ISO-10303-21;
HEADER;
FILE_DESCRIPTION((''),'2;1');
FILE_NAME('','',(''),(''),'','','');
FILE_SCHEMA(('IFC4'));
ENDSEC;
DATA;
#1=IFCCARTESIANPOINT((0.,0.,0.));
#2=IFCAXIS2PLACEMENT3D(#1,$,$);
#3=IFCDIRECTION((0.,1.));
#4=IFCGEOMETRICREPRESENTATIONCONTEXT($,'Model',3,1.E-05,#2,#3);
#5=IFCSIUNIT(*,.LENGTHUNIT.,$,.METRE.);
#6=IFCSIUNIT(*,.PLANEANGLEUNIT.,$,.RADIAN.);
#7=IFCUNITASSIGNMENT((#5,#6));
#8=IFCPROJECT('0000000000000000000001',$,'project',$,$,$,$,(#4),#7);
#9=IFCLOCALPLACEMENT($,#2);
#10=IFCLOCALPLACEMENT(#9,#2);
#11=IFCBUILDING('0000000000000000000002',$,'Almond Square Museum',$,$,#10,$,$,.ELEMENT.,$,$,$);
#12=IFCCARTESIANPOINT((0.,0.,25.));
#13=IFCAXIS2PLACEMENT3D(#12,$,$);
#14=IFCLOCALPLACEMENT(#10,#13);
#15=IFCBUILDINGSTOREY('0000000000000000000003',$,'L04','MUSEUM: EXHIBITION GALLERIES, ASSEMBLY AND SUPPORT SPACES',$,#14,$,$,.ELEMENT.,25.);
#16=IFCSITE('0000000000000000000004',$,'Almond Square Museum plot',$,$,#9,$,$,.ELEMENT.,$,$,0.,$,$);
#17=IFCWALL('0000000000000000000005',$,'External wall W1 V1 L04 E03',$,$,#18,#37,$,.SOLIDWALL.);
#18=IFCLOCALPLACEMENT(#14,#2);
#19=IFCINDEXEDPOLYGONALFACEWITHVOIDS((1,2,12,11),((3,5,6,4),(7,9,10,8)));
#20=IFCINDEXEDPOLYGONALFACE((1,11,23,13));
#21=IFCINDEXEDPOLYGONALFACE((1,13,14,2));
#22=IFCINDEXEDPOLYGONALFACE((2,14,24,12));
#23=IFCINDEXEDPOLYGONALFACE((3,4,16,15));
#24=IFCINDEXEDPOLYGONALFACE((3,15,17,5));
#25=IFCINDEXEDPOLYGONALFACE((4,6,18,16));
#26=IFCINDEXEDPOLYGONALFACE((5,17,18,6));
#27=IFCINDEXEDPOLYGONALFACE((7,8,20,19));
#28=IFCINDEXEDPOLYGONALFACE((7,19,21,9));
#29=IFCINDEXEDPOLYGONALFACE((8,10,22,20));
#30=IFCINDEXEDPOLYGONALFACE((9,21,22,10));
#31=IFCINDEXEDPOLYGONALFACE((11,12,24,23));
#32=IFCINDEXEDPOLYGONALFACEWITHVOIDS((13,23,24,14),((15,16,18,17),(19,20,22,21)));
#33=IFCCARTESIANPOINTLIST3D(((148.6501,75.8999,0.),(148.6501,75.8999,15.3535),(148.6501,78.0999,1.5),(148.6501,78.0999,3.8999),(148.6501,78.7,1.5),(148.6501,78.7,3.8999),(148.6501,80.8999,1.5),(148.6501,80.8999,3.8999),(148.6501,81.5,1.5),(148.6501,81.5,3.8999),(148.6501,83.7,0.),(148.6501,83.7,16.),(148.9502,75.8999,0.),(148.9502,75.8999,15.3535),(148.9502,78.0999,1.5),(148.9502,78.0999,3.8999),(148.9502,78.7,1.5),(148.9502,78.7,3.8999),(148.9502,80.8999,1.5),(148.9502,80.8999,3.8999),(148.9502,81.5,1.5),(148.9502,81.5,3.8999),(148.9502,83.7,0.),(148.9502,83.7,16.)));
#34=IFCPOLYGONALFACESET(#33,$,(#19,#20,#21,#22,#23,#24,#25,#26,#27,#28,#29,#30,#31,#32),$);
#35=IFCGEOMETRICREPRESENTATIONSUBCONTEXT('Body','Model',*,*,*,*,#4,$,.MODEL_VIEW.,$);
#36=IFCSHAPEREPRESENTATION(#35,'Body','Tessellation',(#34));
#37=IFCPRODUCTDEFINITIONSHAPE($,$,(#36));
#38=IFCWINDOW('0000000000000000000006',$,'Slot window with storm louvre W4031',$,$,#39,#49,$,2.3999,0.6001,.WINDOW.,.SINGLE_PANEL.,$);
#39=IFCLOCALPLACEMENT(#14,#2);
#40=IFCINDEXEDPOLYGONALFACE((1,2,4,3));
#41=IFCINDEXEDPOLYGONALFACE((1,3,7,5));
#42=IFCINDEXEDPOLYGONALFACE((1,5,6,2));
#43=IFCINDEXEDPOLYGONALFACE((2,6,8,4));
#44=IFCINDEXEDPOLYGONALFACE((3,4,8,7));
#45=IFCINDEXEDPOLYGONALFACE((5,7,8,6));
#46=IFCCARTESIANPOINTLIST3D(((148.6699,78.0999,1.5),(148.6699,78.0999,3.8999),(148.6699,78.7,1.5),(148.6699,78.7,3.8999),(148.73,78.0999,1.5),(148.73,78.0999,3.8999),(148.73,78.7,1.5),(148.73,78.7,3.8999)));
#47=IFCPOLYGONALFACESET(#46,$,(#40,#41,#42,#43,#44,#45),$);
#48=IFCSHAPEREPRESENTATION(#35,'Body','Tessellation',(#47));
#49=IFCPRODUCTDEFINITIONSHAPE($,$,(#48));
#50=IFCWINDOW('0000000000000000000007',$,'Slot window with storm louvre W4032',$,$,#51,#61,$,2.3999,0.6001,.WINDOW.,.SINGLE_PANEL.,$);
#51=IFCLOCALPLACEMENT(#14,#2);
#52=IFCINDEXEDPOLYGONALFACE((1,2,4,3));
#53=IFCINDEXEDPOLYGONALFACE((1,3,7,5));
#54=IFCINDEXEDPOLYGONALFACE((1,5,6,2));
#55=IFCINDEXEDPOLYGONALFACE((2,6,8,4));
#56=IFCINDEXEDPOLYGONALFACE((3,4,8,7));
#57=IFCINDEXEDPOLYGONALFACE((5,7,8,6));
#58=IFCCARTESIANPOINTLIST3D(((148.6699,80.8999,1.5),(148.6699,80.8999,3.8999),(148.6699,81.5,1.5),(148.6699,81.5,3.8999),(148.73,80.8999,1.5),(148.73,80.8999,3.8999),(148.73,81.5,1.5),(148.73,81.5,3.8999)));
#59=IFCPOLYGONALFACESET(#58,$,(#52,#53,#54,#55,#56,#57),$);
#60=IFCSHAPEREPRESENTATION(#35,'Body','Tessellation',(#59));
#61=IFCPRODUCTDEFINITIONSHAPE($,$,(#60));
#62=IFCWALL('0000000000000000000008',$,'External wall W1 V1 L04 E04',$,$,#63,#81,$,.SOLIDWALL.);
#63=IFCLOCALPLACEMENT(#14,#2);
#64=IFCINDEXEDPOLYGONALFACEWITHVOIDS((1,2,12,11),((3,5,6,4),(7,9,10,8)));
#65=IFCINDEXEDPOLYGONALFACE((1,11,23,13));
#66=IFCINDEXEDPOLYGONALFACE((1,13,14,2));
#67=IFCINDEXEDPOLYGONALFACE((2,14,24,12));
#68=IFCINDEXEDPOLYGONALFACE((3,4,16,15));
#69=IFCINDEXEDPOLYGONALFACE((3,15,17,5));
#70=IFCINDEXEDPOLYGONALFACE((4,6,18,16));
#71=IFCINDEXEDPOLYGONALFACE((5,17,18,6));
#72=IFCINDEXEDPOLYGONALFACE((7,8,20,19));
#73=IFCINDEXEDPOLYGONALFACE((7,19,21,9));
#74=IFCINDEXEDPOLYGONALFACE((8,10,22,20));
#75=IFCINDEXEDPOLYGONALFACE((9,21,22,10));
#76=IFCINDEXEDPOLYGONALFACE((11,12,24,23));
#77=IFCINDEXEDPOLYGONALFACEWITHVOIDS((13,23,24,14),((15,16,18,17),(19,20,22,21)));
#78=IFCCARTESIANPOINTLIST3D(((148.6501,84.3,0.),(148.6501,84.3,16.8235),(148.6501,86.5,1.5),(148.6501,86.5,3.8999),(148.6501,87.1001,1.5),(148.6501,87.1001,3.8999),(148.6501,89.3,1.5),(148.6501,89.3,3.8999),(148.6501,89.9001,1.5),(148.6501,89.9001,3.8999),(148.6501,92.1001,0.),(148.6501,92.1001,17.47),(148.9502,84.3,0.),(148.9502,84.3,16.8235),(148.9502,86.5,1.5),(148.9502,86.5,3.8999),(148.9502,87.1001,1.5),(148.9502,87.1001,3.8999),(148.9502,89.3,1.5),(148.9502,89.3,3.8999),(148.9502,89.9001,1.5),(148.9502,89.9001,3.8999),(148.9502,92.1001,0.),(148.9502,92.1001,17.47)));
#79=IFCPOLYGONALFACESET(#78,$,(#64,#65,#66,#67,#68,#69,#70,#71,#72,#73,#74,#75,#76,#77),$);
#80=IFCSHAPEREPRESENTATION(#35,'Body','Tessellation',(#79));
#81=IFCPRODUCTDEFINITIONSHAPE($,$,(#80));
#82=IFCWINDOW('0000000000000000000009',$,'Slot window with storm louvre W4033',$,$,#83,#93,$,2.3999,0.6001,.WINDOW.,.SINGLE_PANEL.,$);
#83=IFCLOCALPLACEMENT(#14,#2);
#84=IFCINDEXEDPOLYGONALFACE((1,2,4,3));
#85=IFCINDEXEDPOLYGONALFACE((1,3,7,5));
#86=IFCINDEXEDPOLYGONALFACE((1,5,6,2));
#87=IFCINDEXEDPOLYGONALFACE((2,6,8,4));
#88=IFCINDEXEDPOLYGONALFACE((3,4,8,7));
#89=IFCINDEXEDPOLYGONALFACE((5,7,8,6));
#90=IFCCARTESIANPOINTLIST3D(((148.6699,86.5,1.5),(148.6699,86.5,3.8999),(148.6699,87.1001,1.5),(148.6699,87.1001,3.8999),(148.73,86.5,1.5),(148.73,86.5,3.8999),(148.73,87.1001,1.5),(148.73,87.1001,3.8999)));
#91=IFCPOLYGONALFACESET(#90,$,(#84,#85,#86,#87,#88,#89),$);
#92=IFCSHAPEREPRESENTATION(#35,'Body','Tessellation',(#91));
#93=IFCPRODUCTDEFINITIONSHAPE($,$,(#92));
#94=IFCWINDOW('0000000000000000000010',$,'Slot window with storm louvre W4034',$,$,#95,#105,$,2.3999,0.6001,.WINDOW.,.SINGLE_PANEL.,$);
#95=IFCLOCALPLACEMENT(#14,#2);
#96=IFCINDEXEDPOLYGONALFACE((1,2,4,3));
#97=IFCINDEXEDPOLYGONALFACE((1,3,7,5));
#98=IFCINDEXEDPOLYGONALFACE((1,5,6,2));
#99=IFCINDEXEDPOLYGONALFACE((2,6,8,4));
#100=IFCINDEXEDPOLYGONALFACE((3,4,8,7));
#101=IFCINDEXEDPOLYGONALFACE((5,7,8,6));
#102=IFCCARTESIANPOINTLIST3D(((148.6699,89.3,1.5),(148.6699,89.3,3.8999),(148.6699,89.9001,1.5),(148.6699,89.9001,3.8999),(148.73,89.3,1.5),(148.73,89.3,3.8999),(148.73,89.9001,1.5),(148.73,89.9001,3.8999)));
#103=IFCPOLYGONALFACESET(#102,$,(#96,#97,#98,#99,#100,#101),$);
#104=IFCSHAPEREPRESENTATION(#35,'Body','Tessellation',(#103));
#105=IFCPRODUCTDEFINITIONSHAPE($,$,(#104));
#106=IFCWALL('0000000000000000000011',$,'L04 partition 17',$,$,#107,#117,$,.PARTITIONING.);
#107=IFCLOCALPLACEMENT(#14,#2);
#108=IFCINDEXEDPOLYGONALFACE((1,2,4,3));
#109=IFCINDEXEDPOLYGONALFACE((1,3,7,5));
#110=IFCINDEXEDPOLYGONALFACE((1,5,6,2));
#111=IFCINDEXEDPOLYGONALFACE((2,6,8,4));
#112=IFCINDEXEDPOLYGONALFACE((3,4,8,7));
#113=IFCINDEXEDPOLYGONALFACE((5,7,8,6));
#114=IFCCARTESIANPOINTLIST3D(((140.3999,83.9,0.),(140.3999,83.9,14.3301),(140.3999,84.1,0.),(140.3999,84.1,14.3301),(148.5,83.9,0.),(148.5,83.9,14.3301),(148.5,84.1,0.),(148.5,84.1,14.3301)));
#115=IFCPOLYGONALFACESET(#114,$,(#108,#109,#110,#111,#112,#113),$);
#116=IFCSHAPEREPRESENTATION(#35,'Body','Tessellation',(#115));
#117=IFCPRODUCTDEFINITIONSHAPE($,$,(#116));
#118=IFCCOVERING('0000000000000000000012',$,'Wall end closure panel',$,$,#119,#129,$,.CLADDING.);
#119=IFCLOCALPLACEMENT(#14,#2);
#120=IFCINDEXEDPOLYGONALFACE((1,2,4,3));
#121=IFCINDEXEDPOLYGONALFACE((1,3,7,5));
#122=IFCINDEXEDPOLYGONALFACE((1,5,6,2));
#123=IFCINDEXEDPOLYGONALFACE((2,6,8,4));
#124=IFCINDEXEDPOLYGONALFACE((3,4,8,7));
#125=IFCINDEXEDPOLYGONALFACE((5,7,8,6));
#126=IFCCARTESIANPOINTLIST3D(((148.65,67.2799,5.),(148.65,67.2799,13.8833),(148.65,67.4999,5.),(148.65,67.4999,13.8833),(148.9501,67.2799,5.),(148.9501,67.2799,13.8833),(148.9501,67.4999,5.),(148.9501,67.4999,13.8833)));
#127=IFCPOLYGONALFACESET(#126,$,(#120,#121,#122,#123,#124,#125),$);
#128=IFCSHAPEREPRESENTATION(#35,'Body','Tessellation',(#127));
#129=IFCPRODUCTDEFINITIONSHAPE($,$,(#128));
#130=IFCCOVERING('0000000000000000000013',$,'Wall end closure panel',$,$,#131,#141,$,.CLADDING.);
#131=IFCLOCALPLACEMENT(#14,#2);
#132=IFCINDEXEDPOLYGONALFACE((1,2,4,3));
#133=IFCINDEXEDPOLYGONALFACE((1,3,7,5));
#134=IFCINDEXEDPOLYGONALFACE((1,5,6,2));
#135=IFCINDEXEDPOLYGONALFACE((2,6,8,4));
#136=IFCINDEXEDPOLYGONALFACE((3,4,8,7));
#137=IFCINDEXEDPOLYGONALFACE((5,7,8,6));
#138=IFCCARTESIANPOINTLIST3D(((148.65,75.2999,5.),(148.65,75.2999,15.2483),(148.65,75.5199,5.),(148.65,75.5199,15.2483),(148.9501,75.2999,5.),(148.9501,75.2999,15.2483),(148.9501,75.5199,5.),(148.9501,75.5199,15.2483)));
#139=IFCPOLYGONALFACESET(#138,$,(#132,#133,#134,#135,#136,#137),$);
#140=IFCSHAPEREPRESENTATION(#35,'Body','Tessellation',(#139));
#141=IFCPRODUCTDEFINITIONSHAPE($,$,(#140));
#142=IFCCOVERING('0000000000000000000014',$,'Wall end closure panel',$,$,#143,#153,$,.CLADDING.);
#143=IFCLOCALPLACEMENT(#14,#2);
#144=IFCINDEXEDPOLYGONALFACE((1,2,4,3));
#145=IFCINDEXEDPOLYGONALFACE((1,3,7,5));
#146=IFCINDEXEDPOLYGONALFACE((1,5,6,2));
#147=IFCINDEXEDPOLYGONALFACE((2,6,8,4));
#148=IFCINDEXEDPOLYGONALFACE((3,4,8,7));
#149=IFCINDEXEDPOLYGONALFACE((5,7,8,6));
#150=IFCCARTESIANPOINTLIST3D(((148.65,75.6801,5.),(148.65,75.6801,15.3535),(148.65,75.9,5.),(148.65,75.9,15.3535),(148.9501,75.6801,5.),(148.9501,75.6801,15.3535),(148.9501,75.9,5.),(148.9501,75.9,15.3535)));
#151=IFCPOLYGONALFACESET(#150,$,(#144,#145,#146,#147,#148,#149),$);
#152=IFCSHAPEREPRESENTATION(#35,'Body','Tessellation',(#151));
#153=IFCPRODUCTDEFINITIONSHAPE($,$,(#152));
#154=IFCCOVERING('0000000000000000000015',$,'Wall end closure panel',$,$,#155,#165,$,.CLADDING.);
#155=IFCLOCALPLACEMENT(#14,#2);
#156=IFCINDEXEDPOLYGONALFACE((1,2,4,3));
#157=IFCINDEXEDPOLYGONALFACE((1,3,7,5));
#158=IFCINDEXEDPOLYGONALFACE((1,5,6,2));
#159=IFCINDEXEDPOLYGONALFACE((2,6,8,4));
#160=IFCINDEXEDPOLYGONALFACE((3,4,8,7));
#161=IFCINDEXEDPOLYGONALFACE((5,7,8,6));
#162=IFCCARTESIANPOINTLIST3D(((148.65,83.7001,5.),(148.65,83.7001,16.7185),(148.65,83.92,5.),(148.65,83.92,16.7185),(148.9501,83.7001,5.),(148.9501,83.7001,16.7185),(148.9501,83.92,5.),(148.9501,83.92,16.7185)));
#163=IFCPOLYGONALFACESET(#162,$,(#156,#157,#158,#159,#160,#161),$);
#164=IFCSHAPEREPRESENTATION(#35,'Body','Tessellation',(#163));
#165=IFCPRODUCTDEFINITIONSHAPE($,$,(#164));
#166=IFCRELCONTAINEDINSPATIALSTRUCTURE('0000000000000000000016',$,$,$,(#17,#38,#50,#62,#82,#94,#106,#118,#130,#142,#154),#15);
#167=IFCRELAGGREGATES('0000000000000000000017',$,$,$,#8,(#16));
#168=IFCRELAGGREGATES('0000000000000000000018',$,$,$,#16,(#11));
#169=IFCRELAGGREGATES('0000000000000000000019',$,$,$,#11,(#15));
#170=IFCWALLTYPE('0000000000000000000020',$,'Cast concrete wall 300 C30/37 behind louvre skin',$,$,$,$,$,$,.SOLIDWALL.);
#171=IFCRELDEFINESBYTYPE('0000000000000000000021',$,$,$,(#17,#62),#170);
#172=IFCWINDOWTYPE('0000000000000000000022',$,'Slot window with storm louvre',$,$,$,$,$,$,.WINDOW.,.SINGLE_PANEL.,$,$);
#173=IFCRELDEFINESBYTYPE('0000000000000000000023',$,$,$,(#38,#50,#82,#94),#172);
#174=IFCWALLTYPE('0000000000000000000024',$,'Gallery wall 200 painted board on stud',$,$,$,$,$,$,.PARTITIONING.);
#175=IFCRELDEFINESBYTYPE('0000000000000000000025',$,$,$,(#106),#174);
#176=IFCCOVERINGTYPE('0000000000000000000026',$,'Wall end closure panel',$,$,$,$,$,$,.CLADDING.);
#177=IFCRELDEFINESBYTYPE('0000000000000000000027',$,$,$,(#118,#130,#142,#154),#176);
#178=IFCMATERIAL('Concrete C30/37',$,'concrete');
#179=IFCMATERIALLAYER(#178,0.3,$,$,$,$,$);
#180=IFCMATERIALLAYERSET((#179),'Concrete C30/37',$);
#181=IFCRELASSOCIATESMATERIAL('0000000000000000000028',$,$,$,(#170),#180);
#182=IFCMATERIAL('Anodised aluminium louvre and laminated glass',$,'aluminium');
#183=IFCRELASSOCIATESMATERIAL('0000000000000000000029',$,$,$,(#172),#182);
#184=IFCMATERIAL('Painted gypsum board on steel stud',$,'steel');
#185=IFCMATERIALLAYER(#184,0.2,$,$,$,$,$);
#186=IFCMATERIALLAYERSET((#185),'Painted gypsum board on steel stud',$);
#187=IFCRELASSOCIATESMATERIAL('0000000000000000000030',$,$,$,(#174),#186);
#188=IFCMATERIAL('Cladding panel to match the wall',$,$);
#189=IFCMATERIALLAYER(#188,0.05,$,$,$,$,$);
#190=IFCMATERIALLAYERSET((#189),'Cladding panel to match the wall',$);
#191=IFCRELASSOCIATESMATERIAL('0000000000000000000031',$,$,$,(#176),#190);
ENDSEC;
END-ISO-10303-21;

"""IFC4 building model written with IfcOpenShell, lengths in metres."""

from ifc_helpers import new_model, si_unit, direction, frame, frame_2d, origin, origin_2d, place, context, subcontext, project, spatial, polyline, rectangle, outline, extrude, material, layer, layer_set, type_object, element, fill, save


model = new_model("IFC4")

# Units and contexts
model_context = context("Model", 3, precision=1e-05, world=origin(), true_north=direction((0.0, 1.0)))
body_context = subcontext(model_context, "Body", "Model", "MODEL_VIEW")
ifc_project = project(units=[si_unit("LENGTHUNIT", "METRE"), si_unit("PLANEANGLEUNIT", "RADIAN")], contexts=[model_context])

# Site, building, storey
site_placement = place(None, origin())
site = spatial("IfcSite", under=ifc_project, at=site_placement, Name="Almond Square Museum plot", CompositionType="ELEMENT", RefElevation=0.0)
building_placement = place(site_placement, origin())
building = spatial("IfcBuilding", under=site, at=building_placement, Name="Almond Square Museum", CompositionType="ELEMENT")
storey_placement = place(building_placement, frame((0.0, 0.0, 25.0)))
storey = spatial("IfcBuildingStorey", under=building, at=storey_placement, Name="L04", Description="MUSEUM: EXHIBITION GALLERIES, ASSEMBLY AND SUPPORT SPACES", CompositionType="ELEMENT", Elevation=25.0)

# Walls, openings, windows
ifc_material_1 = material(Name="Concrete C30/37", Category="concrete")
ifc_layer_1 = layer(ifc_material_1, 0.3)
ifc_layer_set_1 = layer_set([ifc_layer_1], Name="Concrete C30/37")
wall_type_1 = type_object("IfcWallType", Name="Cast concrete wall 300 C30/37 behind louvre skin", PredefinedType="SOLIDWALL", material=ifc_layer_set_1)
ifc_material_2 = material(Name="Anodised aluminium louvre and laminated glass", Category="aluminium")
window_type = type_object("IfcWindowType", Name="Slot window with storm louvre", PartitioningType="SINGLE_PANEL", PredefinedType="WINDOW", material=ifc_material_2)
wall_1_placement = place(storey_placement, frame((148.8, 75.8999, 0.0), z_axis=(0.0, 0.0, 1.0), x_axis=(0.0, 1.0, 0.0)))
wall_1 = element("IfcWall", 1, at=wall_1_placement, inside=storey, type_object=wall_type_1, Name="External wall W1 V1 L04 E03", PredefinedType="SOLIDWALL", context=body_context, shape_type="SweptSolid", body=[
    extrude(outline(polyline([(0.0, 0.0), (7.8, 0.0), (7.8, 16.0), (0.0, 15.3535), (0.0, 0.0)])), frame((0.0, 0.1499, 0.0), z_axis=(0.0, -1.0, 0.0), x_axis=(1.0, 0.0, 0.0)), (0.0, 0.0, 1.0), 0.3),
])
opening_1_placement = place(wall_1_placement, frame((2.2, 0.0, 1.5)))
opening_1 = element("IfcOpeningElement", 2, at=opening_1_placement, cuts=wall_1, PredefinedType="OPENING", context=body_context, shape_type="SweptSolid", body=[
    extrude(rectangle(XDim=0.6001, YDim=2.3999, at=frame_2d((0.3, 1.2))), frame((0.0, 0.1599, 0.0), z_axis=(0.0, -1.0, 0.0), x_axis=(1.0, 0.0, 0.0)), (0.0, 0.0, 1.0), 0.3201),
])
opening_2_placement = place(wall_1_placement, frame((5.0, 0.0, 1.5)))
opening_2 = element("IfcOpeningElement", 3, at=opening_2_placement, cuts=wall_1, PredefinedType="OPENING", context=body_context, shape_type="SweptSolid", body=[
    extrude(rectangle(XDim=0.6001, YDim=2.3999, at=frame_2d((0.3, 1.2))), frame((0.0, 0.1599, 0.0), z_axis=(0.0, -1.0, 0.0), x_axis=(1.0, 0.0, 0.0)), (0.0, 0.0, 1.0), 0.3201),
])
window_1_placement = place(opening_1_placement, origin())
window_1 = element("IfcWindow", 4, at=window_1_placement, inside=storey, type_object=window_type, Name="Slot window with storm louvre W4031", OverallHeight=2.3999, OverallWidth=0.6001, PartitioningType="SINGLE_PANEL", PredefinedType="WINDOW", context=body_context, shape_type="SweptSolid", body=[
    extrude(rectangle(XDim=0.6001, YDim=2.3999, at=frame_2d((0.3, 1.2))), frame((0.0, 0.1301, 0.0), z_axis=(0.0, -1.0, 0.0), x_axis=(1.0, 0.0, 0.0)), (0.0, 0.0, 1.0), 0.0601),
])
fill(opening_1, window_1)
window_2_placement = place(opening_2_placement, origin())
window_2 = element("IfcWindow", 5, at=window_2_placement, inside=storey, type_object=window_type, Name="Slot window with storm louvre W4032", OverallHeight=2.3999, OverallWidth=0.6001, PartitioningType="SINGLE_PANEL", PredefinedType="WINDOW", context=body_context, shape_type="SweptSolid", body=[
    extrude(rectangle(XDim=0.6001, YDim=2.3999, at=frame_2d((0.3, 1.2))), frame((0.0, 0.1301, 0.0), z_axis=(0.0, -1.0, 0.0), x_axis=(1.0, 0.0, 0.0)), (0.0, 0.0, 1.0), 0.0601),
])
fill(opening_2, window_2)
wall_2_placement = place(storey_placement, frame((148.8, 84.3, 0.0), z_axis=(0.0, 0.0, 1.0), x_axis=(0.0, 1.0, 0.0)))
wall_2 = element("IfcWall", 6, at=wall_2_placement, inside=storey, type_object=wall_type_1, Name="External wall W1 V1 L04 E04", PredefinedType="SOLIDWALL", context=body_context, shape_type="SweptSolid", body=[
    extrude(outline(polyline([(0.0, 0.0), (7.8, 0.0), (7.8, 17.47), (0.0, 16.8235), (0.0, 0.0)])), frame((0.0, 0.1499, 0.0), z_axis=(0.0, -1.0, 0.0), x_axis=(1.0, 0.0, 0.0)), (0.0, 0.0, 1.0), 0.3),
])
opening_3_placement = place(wall_2_placement, frame((2.2, 0.0, 1.5)))
opening_3 = element("IfcOpeningElement", 7, at=opening_3_placement, cuts=wall_2, PredefinedType="OPENING", context=body_context, shape_type="SweptSolid", body=[
    extrude(rectangle(XDim=0.6001, YDim=2.3999, at=frame_2d((0.3, 1.2))), frame((0.0, 0.1599, 0.0), z_axis=(0.0, -1.0, 0.0), x_axis=(1.0, 0.0, 0.0)), (0.0, 0.0, 1.0), 0.3201),
])
opening_4_placement = place(wall_2_placement, frame((5.0, 0.0, 1.5)))
opening_4 = element("IfcOpeningElement", 8, at=opening_4_placement, cuts=wall_2, PredefinedType="OPENING", context=body_context, shape_type="SweptSolid", body=[
    extrude(rectangle(XDim=0.6001, YDim=2.3999, at=frame_2d((0.3, 1.2))), frame((0.0, 0.1599, 0.0), z_axis=(0.0, -1.0, 0.0), x_axis=(1.0, 0.0, 0.0)), (0.0, 0.0, 1.0), 0.3201),
])
window_3_placement = place(opening_3_placement, origin())
window_3 = element("IfcWindow", 9, at=window_3_placement, inside=storey, type_object=window_type, Name="Slot window with storm louvre W4033", OverallHeight=2.3999, OverallWidth=0.6001, PartitioningType="SINGLE_PANEL", PredefinedType="WINDOW", context=body_context, shape_type="SweptSolid", body=[
    extrude(rectangle(XDim=0.6001, YDim=2.3999, at=frame_2d((0.3, 1.2))), frame((0.0, 0.1301, 0.0), z_axis=(0.0, -1.0, 0.0), x_axis=(1.0, 0.0, 0.0)), (0.0, 0.0, 1.0), 0.0601),
])
fill(opening_3, window_3)
window_4_placement = place(opening_4_placement, origin())
window_4 = element("IfcWindow", 10, at=window_4_placement, inside=storey, type_object=window_type, Name="Slot window with storm louvre W4034", OverallHeight=2.3999, OverallWidth=0.6001, PartitioningType="SINGLE_PANEL", PredefinedType="WINDOW", context=body_context, shape_type="SweptSolid", body=[
    extrude(rectangle(XDim=0.6001, YDim=2.3999, at=frame_2d((0.3, 1.2))), frame((0.0, 0.1301, 0.0), z_axis=(0.0, -1.0, 0.0), x_axis=(1.0, 0.0, 0.0)), (0.0, 0.0, 1.0), 0.0601),
])
fill(opening_4, window_4)

# Wall
ifc_material_3 = material(Name="Painted gypsum board on steel stud", Category="steel")
ifc_layer_2 = layer(ifc_material_3, 0.2)
ifc_layer_set_2 = layer_set([ifc_layer_2], Name="Painted gypsum board on steel stud")
wall_type_2 = type_object("IfcWallType", Name="Gallery wall 200 painted board on stud", PredefinedType="PARTITIONING", material=ifc_layer_set_2)
wall_3_placement = place(storey_placement, frame((140.3999, 84.0, 0.0), z_axis=(0.0, 0.0, 1.0), x_axis=(1.0, 0.0, 0.0)))
element("IfcWall", 11, at=wall_3_placement, inside=storey, type_object=wall_type_2, Name="L04 partition 17", PredefinedType="PARTITIONING", context=body_context, shape_type="SweptSolid", body=[
    extrude(rectangle(XDim=8.1001, YDim=0.2, at=frame_2d((4.05, 0.0))), origin(), (0.0, 0.0, 1.0), 14.3301),
])

# Coverings
ifc_material_4 = material(Name="Cladding panel to match the wall")
ifc_layer_3 = layer(ifc_material_4, 0.05)
ifc_layer_set_3 = layer_set([ifc_layer_3], Name="Cladding panel to match the wall")
covering_type = type_object("IfcCoveringType", Name="Wall end closure panel", PredefinedType="CLADDING", material=ifc_layer_set_3)
covering_1_placement = place(storey_placement, frame((148.8, 67.3899, 5.0), z_axis=(0.0, 0.0, 1.0), x_axis=(1.0, 0.0, 0.0)))
element("IfcCovering", 12, at=covering_1_placement, inside=storey, type_object=covering_type, Name="Wall end closure panel", PredefinedType="CLADDING", context=body_context, shape_type="SweptSolid", body=[
    extrude(rectangle(XDim=0.3, YDim=0.22, at=origin_2d()), origin(), (0.0, 0.0, 1.0), 8.8833),
])
covering_2_placement = place(storey_placement, frame((148.8, 75.4099, 5.0), z_axis=(0.0, 0.0, 1.0), x_axis=(1.0, 0.0, 0.0)))
element("IfcCovering", 13, at=covering_2_placement, inside=storey, type_object=covering_type, Name="Wall end closure panel", PredefinedType="CLADDING", context=body_context, shape_type="SweptSolid", body=[
    extrude(rectangle(XDim=0.3, YDim=0.22, at=origin_2d()), origin(), (0.0, 0.0, 1.0), 10.2483),
])
covering_3_placement = place(storey_placement, frame((148.8, 75.79, 5.0), z_axis=(0.0, 0.0, 1.0), x_axis=(1.0, 0.0, 0.0)))
element("IfcCovering", 14, at=covering_3_placement, inside=storey, type_object=covering_type, Name="Wall end closure panel", PredefinedType="CLADDING", context=body_context, shape_type="SweptSolid", body=[
    extrude(rectangle(XDim=0.3, YDim=0.22, at=origin_2d()), origin(), (0.0, 0.0, 1.0), 10.3535),
])
covering_4_placement = place(storey_placement, frame((148.8, 83.8101, 5.0), z_axis=(0.0, 0.0, 1.0), x_axis=(1.0, 0.0, 0.0)))
element("IfcCovering", 15, at=covering_4_placement, inside=storey, type_object=covering_type, Name="Wall end closure panel", PredefinedType="CLADDING", context=body_context, shape_type="SweptSolid", body=[
    extrude(rectangle(XDim=0.3, YDim=0.22, at=origin_2d()), origin(), (0.0, 0.0, 1.0), 11.7185),
])

save(model, "model.ifc")
